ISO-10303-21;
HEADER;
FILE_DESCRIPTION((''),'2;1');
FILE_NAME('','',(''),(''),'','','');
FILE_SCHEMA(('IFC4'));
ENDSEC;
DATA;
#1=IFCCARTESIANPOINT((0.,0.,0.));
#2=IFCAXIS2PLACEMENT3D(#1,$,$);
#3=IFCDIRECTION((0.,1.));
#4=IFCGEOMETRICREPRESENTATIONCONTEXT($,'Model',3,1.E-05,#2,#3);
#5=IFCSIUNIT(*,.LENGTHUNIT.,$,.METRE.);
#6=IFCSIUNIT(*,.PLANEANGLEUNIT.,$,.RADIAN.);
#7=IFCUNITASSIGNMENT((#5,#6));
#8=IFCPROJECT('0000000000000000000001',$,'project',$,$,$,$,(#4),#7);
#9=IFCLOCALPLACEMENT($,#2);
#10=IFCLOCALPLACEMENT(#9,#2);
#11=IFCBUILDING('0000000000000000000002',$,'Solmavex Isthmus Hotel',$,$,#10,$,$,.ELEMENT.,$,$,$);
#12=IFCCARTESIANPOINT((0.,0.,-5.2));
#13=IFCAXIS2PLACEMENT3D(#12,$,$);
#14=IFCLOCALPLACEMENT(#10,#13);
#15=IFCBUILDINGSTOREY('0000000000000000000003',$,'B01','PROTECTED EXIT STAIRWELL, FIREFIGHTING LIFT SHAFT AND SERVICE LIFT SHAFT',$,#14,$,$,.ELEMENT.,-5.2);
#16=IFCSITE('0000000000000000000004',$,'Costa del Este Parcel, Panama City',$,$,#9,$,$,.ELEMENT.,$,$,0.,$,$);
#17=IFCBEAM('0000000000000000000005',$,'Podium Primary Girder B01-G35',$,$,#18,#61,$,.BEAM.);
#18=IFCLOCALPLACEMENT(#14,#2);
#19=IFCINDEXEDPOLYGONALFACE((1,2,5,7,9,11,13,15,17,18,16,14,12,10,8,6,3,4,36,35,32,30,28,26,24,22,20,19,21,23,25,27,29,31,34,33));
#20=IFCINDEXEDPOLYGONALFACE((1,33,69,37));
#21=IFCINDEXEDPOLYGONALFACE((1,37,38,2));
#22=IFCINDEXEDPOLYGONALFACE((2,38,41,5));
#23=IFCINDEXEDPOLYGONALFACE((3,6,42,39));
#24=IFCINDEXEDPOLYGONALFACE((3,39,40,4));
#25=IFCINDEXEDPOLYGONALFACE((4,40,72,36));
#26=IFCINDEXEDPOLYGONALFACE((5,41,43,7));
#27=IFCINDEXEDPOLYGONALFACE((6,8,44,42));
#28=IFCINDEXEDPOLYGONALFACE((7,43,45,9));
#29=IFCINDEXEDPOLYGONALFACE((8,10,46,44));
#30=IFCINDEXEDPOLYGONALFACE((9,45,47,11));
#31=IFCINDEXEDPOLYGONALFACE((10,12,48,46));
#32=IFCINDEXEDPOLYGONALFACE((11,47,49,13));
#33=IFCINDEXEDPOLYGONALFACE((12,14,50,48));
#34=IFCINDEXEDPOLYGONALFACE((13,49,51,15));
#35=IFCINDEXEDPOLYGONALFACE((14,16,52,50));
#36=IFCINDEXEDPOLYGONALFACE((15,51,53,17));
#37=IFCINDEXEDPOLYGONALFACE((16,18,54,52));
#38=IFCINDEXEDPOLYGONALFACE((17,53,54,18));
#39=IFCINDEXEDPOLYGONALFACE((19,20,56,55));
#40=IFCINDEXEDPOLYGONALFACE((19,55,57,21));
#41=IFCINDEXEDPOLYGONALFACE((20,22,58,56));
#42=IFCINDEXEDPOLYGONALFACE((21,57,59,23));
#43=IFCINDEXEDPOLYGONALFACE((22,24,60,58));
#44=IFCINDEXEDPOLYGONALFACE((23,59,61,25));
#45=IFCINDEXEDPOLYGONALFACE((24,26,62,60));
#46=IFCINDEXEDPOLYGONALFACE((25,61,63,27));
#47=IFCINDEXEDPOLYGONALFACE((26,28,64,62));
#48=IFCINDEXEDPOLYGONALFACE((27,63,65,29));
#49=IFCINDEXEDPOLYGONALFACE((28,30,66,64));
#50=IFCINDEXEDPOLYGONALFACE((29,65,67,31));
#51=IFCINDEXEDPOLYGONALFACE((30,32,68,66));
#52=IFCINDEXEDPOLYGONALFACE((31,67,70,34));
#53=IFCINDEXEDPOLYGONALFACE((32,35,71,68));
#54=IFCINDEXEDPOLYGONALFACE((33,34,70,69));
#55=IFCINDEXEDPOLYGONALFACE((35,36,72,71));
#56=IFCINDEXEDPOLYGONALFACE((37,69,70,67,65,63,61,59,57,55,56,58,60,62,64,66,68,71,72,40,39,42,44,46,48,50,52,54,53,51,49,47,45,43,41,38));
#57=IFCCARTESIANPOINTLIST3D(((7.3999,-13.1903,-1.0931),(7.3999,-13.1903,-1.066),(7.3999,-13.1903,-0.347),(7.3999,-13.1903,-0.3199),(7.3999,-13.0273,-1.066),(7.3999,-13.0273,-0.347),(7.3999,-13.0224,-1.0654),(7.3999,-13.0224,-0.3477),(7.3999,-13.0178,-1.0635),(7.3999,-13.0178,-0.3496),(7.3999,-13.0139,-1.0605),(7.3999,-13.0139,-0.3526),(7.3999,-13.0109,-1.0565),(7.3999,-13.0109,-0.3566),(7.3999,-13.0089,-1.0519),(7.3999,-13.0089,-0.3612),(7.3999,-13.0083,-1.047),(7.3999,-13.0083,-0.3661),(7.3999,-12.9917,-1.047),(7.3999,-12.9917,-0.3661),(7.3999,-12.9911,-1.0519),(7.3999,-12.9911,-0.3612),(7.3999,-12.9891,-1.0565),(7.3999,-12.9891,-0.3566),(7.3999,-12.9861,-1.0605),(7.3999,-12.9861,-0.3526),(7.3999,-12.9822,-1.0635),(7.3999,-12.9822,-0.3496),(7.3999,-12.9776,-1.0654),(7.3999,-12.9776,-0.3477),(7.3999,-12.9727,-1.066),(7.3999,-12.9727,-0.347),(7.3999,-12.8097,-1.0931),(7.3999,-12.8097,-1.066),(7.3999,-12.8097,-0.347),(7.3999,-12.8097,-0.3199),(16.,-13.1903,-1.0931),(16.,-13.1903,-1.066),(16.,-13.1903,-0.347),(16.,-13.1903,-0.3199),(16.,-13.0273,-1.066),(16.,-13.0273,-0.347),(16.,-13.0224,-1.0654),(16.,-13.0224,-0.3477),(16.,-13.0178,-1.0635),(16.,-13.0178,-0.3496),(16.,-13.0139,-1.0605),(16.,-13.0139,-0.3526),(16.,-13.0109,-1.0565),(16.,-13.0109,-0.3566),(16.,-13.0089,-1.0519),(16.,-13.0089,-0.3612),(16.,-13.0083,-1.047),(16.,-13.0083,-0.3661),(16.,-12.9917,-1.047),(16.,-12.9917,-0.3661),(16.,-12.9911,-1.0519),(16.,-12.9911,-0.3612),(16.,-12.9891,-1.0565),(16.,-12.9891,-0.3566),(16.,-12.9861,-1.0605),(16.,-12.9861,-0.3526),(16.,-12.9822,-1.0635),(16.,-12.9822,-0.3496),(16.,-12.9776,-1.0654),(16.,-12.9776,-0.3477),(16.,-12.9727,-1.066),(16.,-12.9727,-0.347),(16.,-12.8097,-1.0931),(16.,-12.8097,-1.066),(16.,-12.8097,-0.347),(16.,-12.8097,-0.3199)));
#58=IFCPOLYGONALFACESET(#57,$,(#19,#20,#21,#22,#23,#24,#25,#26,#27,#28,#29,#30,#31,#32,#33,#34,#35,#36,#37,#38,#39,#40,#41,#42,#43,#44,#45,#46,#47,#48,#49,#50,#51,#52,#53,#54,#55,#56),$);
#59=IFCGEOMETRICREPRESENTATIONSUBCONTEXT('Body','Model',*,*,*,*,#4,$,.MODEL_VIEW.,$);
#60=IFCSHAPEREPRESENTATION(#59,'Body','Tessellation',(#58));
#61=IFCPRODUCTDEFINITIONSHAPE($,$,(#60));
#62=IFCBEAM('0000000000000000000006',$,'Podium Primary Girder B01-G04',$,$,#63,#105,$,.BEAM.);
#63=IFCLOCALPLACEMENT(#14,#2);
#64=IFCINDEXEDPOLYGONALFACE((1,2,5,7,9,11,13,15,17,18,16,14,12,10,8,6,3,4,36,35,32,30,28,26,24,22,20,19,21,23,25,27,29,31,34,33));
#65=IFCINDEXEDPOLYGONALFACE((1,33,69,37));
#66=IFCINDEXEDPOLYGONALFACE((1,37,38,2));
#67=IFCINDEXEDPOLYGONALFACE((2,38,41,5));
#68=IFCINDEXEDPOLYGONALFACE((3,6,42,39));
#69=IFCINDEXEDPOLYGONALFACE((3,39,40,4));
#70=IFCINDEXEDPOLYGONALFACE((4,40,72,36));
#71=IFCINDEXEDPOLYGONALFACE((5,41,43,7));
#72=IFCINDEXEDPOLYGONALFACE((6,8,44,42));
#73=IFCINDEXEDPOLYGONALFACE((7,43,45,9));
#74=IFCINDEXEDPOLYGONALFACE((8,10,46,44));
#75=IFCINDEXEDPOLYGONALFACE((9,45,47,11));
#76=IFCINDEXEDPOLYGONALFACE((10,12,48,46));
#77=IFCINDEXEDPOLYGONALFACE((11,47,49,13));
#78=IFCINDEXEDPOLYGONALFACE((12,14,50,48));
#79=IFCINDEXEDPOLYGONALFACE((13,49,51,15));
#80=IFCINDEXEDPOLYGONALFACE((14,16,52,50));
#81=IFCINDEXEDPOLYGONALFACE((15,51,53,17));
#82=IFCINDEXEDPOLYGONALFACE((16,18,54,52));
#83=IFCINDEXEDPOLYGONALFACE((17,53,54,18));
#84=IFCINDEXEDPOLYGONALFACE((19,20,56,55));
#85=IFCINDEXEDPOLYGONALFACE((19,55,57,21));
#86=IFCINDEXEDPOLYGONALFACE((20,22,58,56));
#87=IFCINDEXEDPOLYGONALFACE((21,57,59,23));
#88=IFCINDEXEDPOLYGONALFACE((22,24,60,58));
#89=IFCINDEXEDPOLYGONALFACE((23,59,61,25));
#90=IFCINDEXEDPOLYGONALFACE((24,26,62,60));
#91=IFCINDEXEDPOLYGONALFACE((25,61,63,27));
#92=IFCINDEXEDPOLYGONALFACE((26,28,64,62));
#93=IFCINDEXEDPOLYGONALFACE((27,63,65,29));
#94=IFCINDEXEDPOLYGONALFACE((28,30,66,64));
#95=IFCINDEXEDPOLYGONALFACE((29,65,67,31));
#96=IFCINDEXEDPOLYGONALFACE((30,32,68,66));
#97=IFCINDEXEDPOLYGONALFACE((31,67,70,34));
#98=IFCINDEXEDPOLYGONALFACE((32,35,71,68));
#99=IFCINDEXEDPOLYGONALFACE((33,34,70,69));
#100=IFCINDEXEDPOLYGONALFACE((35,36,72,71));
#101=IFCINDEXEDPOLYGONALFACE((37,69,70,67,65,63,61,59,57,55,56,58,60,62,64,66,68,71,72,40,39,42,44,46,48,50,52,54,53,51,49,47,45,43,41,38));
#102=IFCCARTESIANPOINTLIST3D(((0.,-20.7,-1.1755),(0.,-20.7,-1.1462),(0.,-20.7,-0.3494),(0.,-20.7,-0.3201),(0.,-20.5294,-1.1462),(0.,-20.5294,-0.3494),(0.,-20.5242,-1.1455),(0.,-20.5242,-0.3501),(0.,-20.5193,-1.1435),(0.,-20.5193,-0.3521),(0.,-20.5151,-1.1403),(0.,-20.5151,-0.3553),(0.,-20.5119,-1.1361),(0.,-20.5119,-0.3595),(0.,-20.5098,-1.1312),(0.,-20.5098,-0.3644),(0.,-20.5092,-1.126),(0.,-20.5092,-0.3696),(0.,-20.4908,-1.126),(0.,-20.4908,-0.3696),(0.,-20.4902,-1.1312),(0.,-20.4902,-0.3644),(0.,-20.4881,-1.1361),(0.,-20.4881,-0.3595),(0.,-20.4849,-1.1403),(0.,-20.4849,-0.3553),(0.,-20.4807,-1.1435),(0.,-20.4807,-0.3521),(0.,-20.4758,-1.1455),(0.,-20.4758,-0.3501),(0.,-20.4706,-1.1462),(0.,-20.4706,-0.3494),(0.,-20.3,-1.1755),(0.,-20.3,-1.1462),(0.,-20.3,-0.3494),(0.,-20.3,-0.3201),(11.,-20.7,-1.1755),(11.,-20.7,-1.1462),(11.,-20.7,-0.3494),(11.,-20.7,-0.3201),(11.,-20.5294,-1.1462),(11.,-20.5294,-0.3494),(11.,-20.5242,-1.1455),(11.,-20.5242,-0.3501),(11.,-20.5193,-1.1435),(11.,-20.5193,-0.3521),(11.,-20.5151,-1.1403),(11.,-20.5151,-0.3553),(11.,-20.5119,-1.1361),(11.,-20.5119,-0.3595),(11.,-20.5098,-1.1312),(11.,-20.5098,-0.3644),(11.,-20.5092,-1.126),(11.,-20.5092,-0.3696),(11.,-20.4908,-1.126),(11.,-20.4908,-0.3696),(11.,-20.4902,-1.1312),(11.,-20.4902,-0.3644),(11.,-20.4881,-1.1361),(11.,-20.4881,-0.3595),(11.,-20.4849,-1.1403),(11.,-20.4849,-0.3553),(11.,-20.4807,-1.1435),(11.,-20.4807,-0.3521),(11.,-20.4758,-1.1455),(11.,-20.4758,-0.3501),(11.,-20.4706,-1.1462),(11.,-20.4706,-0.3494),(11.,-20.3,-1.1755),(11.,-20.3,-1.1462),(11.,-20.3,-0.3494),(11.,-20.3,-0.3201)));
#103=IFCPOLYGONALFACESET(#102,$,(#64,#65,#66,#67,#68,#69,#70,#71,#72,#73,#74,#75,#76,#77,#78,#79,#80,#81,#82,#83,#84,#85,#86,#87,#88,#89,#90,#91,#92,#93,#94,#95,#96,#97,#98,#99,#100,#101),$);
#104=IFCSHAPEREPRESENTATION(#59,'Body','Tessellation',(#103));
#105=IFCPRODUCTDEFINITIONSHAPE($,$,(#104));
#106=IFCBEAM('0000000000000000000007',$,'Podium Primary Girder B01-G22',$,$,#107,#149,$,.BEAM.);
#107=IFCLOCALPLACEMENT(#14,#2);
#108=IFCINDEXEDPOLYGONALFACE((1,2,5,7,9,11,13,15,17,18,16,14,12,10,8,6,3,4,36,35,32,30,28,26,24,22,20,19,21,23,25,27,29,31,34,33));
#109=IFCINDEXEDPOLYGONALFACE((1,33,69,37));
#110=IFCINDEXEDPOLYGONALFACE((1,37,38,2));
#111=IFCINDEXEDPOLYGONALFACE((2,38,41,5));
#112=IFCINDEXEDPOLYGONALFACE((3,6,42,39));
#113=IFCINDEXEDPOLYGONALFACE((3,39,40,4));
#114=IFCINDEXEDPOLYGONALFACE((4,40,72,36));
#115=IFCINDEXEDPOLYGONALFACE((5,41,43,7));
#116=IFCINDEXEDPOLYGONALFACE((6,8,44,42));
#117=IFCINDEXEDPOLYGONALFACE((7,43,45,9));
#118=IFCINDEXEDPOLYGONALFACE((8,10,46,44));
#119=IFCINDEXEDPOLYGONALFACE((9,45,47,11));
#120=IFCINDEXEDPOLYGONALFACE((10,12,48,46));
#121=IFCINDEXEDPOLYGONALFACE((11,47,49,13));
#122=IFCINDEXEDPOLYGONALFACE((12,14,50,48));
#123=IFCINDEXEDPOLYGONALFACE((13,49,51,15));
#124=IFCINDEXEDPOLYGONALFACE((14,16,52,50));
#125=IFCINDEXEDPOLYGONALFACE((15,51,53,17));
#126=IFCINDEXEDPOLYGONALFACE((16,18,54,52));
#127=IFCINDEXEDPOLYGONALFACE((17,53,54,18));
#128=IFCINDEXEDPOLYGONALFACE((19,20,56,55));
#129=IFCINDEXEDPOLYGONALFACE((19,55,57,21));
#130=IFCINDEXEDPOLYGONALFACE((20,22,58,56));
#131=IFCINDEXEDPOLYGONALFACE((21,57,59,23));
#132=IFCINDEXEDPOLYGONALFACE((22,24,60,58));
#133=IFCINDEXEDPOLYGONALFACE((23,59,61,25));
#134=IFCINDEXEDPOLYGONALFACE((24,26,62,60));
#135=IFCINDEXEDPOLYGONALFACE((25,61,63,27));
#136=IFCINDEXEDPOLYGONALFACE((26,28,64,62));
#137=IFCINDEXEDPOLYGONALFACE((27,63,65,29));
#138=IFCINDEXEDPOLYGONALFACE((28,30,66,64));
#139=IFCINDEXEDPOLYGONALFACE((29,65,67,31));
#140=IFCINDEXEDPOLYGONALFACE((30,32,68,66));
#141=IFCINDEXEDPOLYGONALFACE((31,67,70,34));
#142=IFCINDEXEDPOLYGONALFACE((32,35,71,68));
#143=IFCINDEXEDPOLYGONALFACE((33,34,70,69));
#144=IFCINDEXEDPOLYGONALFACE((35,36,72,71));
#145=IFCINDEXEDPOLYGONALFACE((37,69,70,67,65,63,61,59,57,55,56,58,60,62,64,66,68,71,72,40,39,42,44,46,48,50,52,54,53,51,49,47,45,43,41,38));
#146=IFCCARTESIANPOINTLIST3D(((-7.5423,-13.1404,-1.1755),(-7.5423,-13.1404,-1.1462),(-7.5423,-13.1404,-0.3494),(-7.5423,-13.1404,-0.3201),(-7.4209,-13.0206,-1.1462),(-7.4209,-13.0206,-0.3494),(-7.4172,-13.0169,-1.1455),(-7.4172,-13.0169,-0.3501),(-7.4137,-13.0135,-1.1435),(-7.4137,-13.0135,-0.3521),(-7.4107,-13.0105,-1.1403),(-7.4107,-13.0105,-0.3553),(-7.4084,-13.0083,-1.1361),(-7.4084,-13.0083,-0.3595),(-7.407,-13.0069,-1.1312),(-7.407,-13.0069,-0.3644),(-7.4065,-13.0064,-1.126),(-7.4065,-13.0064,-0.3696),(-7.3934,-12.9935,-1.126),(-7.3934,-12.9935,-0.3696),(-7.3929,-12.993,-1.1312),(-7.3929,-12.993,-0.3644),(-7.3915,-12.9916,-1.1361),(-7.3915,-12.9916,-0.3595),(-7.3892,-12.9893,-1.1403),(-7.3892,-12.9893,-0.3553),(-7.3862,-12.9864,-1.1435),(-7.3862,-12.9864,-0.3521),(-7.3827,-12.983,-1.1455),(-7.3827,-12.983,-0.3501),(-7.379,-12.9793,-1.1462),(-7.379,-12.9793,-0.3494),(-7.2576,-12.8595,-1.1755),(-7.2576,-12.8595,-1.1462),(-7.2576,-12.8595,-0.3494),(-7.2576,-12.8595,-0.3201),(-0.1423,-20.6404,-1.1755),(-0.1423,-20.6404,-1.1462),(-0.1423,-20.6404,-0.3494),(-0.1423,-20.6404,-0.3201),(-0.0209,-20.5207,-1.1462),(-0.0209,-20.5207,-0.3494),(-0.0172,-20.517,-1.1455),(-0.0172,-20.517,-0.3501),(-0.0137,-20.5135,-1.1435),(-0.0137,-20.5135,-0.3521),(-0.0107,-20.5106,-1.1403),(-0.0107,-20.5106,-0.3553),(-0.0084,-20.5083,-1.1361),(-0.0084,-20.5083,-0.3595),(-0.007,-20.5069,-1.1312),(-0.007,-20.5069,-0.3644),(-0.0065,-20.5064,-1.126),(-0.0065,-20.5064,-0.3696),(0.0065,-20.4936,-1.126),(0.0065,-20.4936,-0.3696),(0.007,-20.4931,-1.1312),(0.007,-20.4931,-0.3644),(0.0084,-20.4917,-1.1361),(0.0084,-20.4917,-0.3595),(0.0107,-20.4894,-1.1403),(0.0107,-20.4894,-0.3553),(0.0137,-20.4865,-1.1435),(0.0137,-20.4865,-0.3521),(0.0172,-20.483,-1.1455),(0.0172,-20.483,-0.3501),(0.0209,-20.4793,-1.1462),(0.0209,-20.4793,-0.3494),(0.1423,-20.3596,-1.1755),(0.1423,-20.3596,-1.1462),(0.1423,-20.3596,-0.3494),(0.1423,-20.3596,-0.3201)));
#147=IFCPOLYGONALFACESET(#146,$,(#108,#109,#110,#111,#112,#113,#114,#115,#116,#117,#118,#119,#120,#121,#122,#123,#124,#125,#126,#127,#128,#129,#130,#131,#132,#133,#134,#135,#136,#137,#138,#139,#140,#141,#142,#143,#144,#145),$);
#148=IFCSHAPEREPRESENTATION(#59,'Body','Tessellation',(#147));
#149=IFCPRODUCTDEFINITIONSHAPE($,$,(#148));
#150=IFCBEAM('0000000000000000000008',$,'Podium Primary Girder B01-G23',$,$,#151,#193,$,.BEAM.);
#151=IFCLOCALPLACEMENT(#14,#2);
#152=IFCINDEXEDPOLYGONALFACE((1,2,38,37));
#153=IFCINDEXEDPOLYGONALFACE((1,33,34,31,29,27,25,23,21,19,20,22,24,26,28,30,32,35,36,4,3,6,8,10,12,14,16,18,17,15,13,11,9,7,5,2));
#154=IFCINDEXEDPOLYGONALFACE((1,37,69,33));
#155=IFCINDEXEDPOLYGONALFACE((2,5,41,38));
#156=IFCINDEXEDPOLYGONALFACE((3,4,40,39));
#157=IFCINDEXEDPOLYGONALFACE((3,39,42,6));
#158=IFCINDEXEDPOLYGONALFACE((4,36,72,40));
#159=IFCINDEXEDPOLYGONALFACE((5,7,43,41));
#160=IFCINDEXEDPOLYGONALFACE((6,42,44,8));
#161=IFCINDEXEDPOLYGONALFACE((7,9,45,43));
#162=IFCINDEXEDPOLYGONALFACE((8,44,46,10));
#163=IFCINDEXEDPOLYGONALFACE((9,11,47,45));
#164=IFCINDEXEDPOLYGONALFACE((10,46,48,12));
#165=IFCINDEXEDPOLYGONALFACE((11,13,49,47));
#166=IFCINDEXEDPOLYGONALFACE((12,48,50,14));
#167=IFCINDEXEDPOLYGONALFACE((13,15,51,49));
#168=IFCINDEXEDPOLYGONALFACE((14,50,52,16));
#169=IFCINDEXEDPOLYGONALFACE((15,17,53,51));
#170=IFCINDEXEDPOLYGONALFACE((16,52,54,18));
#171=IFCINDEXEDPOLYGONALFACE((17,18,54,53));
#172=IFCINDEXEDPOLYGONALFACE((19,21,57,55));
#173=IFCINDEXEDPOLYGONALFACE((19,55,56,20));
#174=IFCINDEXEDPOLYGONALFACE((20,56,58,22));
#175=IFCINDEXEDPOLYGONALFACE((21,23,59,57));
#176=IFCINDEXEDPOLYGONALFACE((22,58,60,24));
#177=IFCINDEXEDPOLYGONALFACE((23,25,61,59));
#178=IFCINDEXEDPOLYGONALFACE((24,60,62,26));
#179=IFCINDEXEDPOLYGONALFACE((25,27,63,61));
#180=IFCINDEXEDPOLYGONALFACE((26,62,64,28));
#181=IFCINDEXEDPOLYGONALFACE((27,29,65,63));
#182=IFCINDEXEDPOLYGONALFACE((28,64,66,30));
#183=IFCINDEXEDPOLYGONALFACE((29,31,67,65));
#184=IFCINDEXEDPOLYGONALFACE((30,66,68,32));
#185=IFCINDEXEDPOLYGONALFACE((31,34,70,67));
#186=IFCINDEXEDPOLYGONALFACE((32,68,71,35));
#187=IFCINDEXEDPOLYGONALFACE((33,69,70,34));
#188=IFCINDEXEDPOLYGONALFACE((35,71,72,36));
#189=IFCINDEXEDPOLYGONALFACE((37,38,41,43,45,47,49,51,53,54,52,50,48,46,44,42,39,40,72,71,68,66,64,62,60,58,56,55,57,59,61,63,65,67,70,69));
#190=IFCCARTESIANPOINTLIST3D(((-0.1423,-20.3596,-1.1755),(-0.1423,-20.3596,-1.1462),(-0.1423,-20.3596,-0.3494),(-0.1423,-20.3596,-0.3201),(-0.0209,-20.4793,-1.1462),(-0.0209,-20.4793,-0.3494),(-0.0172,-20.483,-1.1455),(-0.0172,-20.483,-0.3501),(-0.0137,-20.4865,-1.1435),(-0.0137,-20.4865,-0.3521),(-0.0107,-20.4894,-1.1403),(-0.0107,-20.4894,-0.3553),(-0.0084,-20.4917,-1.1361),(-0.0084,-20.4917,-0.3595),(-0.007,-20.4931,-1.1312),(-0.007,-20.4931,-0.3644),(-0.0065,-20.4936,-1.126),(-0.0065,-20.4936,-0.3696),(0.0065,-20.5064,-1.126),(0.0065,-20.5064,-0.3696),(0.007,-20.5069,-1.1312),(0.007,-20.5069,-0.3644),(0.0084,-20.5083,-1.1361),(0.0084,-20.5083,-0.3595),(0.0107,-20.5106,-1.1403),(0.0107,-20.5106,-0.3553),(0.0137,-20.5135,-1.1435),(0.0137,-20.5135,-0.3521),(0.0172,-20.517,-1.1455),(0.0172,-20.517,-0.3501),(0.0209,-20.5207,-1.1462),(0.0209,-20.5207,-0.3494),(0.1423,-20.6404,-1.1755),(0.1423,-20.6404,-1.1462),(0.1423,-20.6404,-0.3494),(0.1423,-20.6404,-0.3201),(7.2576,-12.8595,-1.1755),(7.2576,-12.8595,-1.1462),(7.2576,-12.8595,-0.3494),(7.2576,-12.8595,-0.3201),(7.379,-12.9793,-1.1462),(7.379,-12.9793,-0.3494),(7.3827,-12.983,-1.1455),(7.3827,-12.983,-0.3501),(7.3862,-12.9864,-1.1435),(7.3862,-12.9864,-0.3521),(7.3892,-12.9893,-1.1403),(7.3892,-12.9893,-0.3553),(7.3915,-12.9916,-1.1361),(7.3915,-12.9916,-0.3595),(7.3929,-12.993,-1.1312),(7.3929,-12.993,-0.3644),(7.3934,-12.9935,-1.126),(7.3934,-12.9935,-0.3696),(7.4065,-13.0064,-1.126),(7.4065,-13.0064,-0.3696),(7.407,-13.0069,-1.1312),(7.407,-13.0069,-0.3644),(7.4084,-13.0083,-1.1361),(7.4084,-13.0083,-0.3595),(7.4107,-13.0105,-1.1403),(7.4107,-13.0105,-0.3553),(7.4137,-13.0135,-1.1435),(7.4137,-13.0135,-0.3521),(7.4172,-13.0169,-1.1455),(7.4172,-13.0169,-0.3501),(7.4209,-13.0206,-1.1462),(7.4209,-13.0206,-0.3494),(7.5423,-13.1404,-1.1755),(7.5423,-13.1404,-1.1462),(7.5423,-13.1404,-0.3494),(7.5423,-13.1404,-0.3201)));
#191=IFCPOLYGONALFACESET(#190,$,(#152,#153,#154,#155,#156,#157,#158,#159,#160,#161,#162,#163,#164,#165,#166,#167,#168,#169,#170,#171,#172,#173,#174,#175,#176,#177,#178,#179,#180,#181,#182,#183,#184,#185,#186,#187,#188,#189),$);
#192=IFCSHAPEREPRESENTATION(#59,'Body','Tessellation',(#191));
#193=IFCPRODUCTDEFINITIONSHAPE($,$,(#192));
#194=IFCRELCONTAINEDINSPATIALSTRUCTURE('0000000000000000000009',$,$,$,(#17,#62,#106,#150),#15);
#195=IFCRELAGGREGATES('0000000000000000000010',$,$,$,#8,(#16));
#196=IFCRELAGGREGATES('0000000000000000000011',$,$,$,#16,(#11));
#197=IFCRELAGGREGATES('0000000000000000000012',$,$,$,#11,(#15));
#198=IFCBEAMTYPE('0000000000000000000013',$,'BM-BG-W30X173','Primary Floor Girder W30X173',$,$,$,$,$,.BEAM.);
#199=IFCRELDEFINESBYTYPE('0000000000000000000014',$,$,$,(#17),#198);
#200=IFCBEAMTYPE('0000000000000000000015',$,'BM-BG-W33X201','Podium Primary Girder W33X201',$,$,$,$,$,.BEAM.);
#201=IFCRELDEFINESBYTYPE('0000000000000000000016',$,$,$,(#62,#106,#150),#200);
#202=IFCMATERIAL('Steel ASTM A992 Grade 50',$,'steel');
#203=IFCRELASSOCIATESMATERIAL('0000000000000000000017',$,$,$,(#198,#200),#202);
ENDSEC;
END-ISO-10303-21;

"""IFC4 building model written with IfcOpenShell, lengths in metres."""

from ifc_helpers import new_model, si_unit, direction, frame, origin, origin_2d, place, context, subcontext, project, spatial, i_section, extrude, material, material_profile, profile_set, type_object, element, save


model = new_model("IFC4")

# Units and contexts
model_context = context("Model", 3, precision=1e-05, world=origin(), true_north=direction((0.0, 1.0)))
body_context = subcontext(model_context, "Body", "Model", "MODEL_VIEW")
ifc_project = project(units=[si_unit("LENGTHUNIT", "METRE"), si_unit("PLANEANGLEUNIT", "RADIAN")], contexts=[model_context])

# Site, building, storey
site_placement = place(None, origin())
site = spatial("IfcSite", under=ifc_project, at=site_placement, Name="Costa del Este Parcel, Panama City", CompositionType="ELEMENT", RefElevation=0.0)
building_placement = place(site_placement, origin())
building = spatial("IfcBuilding", under=site, at=building_placement, Name="Solmavex Isthmus Hotel", CompositionType="ELEMENT")
storey_placement = place(building_placement, frame((0.0, 0.0, -5.2)))
storey = spatial("IfcBuildingStorey", under=building, at=storey_placement, Name="B01", Description="PROTECTED EXIT STAIRWELL, FIREFIGHTING LIFT SHAFT AND SERVICE LIFT SHAFT", CompositionType="ELEMENT", Elevation=-5.2)

# Beams
ifc_material_1 = material(Name="Steel ASTM A992 Grade 50", Category="steel")
ifc_material_profile_1 = material_profile(ifc_material_1, i_section(OverallWidth=0.3806, OverallDepth=0.7732, WebThickness=0.0166, FlangeThickness=0.0271, FilletRadius=0.019, at=origin_2d()), Name="W30X173")
ifc_profile_set_1 = profile_set([ifc_material_profile_1], Name="Steel ASTM A992 Grade 50")
beam_type_1 = type_object("IfcBeamType", Name="BM-BG-W30X173", Description="Primary Floor Girder W30X173", PredefinedType="BEAM", material=ifc_profile_set_1)
beam_1_placement = place(storey_placement, frame((7.3999, -13.0, -0.7065), z_axis=(1.0, 0.0, 0.0), x_axis=(0.0, 1.0, 0.0)))
element("IfcBeam", 1, at=beam_1_placement, inside=storey, type_object=beam_type_1, Name="Podium Primary Girder B01-G35", PredefinedType="BEAM", context=body_context, shape_type="SweptSolid", body=[
    extrude(i_section(OverallWidth=0.3806, OverallDepth=0.7732, WebThickness=0.0166, FlangeThickness=0.0271, FilletRadius=0.019, at=origin_2d()), origin(), (0.0, 0.0, 1.0), 8.6001),
])
ifc_material_profile_2 = material_profile(ifc_material_1, i_section(OverallWidth=0.3999, OverallDepth=0.8555, WebThickness=0.0183, FlangeThickness=0.0293, FilletRadius=0.0203, at=origin_2d()), Name="W33X201")
ifc_profile_set_2 = profile_set([ifc_material_profile_2], Name="Steel ASTM A992 Grade 50")
beam_type_2 = type_object("IfcBeamType", Name="BM-BG-W33X201", Description="Podium Primary Girder W33X201", PredefinedType="BEAM", material=ifc_profile_set_2)
beam_2_placement = place(storey_placement, frame((0.0, -20.5, -0.7478), z_axis=(1.0, 0.0, 0.0), x_axis=(0.0, 1.0, 0.0)))
element("IfcBeam", 2, at=beam_2_placement, inside=storey, type_object=beam_type_2, Name="Podium Primary Girder B01-G04", PredefinedType="BEAM", context=body_context, shape_type="SweptSolid", body=[
    extrude(i_section(OverallWidth=0.3999, OverallDepth=0.8555, WebThickness=0.0183, FlangeThickness=0.0293, FilletRadius=0.0203, at=origin_2d()), origin(), (0.0, 0.0, 1.0), 11.0),
])
for number, where, z_axis, x_axis, name in (
    (3, (0.0, -20.5, -0.7478), (-0.702341, 0.711841, 0.0), (-0.711841, -0.702341, 0.0), "Podium Primary Girder B01-G22"),
    (4, (0.0, -20.5, -0.7478), (0.702341, 0.711841, 0.0), (-0.711841, 0.702341, 0.0), "Podium Primary Girder B01-G23"),
):
    element("IfcBeam", number, at=place(storey_placement, frame(where, z_axis=z_axis, x_axis=x_axis)), inside=storey, type_object=beam_type_2, Name=name, PredefinedType="BEAM", context=body_context, shape_type="SweptSolid", body=[
        extrude(i_section(OverallWidth=0.3999, OverallDepth=0.8555, WebThickness=0.0183, FlangeThickness=0.0293, FilletRadius=0.0203, at=origin_2d()), origin(), (0.0, 0.0, 1.0), 10.5361),
    ])

save(model, "model.ifc")
